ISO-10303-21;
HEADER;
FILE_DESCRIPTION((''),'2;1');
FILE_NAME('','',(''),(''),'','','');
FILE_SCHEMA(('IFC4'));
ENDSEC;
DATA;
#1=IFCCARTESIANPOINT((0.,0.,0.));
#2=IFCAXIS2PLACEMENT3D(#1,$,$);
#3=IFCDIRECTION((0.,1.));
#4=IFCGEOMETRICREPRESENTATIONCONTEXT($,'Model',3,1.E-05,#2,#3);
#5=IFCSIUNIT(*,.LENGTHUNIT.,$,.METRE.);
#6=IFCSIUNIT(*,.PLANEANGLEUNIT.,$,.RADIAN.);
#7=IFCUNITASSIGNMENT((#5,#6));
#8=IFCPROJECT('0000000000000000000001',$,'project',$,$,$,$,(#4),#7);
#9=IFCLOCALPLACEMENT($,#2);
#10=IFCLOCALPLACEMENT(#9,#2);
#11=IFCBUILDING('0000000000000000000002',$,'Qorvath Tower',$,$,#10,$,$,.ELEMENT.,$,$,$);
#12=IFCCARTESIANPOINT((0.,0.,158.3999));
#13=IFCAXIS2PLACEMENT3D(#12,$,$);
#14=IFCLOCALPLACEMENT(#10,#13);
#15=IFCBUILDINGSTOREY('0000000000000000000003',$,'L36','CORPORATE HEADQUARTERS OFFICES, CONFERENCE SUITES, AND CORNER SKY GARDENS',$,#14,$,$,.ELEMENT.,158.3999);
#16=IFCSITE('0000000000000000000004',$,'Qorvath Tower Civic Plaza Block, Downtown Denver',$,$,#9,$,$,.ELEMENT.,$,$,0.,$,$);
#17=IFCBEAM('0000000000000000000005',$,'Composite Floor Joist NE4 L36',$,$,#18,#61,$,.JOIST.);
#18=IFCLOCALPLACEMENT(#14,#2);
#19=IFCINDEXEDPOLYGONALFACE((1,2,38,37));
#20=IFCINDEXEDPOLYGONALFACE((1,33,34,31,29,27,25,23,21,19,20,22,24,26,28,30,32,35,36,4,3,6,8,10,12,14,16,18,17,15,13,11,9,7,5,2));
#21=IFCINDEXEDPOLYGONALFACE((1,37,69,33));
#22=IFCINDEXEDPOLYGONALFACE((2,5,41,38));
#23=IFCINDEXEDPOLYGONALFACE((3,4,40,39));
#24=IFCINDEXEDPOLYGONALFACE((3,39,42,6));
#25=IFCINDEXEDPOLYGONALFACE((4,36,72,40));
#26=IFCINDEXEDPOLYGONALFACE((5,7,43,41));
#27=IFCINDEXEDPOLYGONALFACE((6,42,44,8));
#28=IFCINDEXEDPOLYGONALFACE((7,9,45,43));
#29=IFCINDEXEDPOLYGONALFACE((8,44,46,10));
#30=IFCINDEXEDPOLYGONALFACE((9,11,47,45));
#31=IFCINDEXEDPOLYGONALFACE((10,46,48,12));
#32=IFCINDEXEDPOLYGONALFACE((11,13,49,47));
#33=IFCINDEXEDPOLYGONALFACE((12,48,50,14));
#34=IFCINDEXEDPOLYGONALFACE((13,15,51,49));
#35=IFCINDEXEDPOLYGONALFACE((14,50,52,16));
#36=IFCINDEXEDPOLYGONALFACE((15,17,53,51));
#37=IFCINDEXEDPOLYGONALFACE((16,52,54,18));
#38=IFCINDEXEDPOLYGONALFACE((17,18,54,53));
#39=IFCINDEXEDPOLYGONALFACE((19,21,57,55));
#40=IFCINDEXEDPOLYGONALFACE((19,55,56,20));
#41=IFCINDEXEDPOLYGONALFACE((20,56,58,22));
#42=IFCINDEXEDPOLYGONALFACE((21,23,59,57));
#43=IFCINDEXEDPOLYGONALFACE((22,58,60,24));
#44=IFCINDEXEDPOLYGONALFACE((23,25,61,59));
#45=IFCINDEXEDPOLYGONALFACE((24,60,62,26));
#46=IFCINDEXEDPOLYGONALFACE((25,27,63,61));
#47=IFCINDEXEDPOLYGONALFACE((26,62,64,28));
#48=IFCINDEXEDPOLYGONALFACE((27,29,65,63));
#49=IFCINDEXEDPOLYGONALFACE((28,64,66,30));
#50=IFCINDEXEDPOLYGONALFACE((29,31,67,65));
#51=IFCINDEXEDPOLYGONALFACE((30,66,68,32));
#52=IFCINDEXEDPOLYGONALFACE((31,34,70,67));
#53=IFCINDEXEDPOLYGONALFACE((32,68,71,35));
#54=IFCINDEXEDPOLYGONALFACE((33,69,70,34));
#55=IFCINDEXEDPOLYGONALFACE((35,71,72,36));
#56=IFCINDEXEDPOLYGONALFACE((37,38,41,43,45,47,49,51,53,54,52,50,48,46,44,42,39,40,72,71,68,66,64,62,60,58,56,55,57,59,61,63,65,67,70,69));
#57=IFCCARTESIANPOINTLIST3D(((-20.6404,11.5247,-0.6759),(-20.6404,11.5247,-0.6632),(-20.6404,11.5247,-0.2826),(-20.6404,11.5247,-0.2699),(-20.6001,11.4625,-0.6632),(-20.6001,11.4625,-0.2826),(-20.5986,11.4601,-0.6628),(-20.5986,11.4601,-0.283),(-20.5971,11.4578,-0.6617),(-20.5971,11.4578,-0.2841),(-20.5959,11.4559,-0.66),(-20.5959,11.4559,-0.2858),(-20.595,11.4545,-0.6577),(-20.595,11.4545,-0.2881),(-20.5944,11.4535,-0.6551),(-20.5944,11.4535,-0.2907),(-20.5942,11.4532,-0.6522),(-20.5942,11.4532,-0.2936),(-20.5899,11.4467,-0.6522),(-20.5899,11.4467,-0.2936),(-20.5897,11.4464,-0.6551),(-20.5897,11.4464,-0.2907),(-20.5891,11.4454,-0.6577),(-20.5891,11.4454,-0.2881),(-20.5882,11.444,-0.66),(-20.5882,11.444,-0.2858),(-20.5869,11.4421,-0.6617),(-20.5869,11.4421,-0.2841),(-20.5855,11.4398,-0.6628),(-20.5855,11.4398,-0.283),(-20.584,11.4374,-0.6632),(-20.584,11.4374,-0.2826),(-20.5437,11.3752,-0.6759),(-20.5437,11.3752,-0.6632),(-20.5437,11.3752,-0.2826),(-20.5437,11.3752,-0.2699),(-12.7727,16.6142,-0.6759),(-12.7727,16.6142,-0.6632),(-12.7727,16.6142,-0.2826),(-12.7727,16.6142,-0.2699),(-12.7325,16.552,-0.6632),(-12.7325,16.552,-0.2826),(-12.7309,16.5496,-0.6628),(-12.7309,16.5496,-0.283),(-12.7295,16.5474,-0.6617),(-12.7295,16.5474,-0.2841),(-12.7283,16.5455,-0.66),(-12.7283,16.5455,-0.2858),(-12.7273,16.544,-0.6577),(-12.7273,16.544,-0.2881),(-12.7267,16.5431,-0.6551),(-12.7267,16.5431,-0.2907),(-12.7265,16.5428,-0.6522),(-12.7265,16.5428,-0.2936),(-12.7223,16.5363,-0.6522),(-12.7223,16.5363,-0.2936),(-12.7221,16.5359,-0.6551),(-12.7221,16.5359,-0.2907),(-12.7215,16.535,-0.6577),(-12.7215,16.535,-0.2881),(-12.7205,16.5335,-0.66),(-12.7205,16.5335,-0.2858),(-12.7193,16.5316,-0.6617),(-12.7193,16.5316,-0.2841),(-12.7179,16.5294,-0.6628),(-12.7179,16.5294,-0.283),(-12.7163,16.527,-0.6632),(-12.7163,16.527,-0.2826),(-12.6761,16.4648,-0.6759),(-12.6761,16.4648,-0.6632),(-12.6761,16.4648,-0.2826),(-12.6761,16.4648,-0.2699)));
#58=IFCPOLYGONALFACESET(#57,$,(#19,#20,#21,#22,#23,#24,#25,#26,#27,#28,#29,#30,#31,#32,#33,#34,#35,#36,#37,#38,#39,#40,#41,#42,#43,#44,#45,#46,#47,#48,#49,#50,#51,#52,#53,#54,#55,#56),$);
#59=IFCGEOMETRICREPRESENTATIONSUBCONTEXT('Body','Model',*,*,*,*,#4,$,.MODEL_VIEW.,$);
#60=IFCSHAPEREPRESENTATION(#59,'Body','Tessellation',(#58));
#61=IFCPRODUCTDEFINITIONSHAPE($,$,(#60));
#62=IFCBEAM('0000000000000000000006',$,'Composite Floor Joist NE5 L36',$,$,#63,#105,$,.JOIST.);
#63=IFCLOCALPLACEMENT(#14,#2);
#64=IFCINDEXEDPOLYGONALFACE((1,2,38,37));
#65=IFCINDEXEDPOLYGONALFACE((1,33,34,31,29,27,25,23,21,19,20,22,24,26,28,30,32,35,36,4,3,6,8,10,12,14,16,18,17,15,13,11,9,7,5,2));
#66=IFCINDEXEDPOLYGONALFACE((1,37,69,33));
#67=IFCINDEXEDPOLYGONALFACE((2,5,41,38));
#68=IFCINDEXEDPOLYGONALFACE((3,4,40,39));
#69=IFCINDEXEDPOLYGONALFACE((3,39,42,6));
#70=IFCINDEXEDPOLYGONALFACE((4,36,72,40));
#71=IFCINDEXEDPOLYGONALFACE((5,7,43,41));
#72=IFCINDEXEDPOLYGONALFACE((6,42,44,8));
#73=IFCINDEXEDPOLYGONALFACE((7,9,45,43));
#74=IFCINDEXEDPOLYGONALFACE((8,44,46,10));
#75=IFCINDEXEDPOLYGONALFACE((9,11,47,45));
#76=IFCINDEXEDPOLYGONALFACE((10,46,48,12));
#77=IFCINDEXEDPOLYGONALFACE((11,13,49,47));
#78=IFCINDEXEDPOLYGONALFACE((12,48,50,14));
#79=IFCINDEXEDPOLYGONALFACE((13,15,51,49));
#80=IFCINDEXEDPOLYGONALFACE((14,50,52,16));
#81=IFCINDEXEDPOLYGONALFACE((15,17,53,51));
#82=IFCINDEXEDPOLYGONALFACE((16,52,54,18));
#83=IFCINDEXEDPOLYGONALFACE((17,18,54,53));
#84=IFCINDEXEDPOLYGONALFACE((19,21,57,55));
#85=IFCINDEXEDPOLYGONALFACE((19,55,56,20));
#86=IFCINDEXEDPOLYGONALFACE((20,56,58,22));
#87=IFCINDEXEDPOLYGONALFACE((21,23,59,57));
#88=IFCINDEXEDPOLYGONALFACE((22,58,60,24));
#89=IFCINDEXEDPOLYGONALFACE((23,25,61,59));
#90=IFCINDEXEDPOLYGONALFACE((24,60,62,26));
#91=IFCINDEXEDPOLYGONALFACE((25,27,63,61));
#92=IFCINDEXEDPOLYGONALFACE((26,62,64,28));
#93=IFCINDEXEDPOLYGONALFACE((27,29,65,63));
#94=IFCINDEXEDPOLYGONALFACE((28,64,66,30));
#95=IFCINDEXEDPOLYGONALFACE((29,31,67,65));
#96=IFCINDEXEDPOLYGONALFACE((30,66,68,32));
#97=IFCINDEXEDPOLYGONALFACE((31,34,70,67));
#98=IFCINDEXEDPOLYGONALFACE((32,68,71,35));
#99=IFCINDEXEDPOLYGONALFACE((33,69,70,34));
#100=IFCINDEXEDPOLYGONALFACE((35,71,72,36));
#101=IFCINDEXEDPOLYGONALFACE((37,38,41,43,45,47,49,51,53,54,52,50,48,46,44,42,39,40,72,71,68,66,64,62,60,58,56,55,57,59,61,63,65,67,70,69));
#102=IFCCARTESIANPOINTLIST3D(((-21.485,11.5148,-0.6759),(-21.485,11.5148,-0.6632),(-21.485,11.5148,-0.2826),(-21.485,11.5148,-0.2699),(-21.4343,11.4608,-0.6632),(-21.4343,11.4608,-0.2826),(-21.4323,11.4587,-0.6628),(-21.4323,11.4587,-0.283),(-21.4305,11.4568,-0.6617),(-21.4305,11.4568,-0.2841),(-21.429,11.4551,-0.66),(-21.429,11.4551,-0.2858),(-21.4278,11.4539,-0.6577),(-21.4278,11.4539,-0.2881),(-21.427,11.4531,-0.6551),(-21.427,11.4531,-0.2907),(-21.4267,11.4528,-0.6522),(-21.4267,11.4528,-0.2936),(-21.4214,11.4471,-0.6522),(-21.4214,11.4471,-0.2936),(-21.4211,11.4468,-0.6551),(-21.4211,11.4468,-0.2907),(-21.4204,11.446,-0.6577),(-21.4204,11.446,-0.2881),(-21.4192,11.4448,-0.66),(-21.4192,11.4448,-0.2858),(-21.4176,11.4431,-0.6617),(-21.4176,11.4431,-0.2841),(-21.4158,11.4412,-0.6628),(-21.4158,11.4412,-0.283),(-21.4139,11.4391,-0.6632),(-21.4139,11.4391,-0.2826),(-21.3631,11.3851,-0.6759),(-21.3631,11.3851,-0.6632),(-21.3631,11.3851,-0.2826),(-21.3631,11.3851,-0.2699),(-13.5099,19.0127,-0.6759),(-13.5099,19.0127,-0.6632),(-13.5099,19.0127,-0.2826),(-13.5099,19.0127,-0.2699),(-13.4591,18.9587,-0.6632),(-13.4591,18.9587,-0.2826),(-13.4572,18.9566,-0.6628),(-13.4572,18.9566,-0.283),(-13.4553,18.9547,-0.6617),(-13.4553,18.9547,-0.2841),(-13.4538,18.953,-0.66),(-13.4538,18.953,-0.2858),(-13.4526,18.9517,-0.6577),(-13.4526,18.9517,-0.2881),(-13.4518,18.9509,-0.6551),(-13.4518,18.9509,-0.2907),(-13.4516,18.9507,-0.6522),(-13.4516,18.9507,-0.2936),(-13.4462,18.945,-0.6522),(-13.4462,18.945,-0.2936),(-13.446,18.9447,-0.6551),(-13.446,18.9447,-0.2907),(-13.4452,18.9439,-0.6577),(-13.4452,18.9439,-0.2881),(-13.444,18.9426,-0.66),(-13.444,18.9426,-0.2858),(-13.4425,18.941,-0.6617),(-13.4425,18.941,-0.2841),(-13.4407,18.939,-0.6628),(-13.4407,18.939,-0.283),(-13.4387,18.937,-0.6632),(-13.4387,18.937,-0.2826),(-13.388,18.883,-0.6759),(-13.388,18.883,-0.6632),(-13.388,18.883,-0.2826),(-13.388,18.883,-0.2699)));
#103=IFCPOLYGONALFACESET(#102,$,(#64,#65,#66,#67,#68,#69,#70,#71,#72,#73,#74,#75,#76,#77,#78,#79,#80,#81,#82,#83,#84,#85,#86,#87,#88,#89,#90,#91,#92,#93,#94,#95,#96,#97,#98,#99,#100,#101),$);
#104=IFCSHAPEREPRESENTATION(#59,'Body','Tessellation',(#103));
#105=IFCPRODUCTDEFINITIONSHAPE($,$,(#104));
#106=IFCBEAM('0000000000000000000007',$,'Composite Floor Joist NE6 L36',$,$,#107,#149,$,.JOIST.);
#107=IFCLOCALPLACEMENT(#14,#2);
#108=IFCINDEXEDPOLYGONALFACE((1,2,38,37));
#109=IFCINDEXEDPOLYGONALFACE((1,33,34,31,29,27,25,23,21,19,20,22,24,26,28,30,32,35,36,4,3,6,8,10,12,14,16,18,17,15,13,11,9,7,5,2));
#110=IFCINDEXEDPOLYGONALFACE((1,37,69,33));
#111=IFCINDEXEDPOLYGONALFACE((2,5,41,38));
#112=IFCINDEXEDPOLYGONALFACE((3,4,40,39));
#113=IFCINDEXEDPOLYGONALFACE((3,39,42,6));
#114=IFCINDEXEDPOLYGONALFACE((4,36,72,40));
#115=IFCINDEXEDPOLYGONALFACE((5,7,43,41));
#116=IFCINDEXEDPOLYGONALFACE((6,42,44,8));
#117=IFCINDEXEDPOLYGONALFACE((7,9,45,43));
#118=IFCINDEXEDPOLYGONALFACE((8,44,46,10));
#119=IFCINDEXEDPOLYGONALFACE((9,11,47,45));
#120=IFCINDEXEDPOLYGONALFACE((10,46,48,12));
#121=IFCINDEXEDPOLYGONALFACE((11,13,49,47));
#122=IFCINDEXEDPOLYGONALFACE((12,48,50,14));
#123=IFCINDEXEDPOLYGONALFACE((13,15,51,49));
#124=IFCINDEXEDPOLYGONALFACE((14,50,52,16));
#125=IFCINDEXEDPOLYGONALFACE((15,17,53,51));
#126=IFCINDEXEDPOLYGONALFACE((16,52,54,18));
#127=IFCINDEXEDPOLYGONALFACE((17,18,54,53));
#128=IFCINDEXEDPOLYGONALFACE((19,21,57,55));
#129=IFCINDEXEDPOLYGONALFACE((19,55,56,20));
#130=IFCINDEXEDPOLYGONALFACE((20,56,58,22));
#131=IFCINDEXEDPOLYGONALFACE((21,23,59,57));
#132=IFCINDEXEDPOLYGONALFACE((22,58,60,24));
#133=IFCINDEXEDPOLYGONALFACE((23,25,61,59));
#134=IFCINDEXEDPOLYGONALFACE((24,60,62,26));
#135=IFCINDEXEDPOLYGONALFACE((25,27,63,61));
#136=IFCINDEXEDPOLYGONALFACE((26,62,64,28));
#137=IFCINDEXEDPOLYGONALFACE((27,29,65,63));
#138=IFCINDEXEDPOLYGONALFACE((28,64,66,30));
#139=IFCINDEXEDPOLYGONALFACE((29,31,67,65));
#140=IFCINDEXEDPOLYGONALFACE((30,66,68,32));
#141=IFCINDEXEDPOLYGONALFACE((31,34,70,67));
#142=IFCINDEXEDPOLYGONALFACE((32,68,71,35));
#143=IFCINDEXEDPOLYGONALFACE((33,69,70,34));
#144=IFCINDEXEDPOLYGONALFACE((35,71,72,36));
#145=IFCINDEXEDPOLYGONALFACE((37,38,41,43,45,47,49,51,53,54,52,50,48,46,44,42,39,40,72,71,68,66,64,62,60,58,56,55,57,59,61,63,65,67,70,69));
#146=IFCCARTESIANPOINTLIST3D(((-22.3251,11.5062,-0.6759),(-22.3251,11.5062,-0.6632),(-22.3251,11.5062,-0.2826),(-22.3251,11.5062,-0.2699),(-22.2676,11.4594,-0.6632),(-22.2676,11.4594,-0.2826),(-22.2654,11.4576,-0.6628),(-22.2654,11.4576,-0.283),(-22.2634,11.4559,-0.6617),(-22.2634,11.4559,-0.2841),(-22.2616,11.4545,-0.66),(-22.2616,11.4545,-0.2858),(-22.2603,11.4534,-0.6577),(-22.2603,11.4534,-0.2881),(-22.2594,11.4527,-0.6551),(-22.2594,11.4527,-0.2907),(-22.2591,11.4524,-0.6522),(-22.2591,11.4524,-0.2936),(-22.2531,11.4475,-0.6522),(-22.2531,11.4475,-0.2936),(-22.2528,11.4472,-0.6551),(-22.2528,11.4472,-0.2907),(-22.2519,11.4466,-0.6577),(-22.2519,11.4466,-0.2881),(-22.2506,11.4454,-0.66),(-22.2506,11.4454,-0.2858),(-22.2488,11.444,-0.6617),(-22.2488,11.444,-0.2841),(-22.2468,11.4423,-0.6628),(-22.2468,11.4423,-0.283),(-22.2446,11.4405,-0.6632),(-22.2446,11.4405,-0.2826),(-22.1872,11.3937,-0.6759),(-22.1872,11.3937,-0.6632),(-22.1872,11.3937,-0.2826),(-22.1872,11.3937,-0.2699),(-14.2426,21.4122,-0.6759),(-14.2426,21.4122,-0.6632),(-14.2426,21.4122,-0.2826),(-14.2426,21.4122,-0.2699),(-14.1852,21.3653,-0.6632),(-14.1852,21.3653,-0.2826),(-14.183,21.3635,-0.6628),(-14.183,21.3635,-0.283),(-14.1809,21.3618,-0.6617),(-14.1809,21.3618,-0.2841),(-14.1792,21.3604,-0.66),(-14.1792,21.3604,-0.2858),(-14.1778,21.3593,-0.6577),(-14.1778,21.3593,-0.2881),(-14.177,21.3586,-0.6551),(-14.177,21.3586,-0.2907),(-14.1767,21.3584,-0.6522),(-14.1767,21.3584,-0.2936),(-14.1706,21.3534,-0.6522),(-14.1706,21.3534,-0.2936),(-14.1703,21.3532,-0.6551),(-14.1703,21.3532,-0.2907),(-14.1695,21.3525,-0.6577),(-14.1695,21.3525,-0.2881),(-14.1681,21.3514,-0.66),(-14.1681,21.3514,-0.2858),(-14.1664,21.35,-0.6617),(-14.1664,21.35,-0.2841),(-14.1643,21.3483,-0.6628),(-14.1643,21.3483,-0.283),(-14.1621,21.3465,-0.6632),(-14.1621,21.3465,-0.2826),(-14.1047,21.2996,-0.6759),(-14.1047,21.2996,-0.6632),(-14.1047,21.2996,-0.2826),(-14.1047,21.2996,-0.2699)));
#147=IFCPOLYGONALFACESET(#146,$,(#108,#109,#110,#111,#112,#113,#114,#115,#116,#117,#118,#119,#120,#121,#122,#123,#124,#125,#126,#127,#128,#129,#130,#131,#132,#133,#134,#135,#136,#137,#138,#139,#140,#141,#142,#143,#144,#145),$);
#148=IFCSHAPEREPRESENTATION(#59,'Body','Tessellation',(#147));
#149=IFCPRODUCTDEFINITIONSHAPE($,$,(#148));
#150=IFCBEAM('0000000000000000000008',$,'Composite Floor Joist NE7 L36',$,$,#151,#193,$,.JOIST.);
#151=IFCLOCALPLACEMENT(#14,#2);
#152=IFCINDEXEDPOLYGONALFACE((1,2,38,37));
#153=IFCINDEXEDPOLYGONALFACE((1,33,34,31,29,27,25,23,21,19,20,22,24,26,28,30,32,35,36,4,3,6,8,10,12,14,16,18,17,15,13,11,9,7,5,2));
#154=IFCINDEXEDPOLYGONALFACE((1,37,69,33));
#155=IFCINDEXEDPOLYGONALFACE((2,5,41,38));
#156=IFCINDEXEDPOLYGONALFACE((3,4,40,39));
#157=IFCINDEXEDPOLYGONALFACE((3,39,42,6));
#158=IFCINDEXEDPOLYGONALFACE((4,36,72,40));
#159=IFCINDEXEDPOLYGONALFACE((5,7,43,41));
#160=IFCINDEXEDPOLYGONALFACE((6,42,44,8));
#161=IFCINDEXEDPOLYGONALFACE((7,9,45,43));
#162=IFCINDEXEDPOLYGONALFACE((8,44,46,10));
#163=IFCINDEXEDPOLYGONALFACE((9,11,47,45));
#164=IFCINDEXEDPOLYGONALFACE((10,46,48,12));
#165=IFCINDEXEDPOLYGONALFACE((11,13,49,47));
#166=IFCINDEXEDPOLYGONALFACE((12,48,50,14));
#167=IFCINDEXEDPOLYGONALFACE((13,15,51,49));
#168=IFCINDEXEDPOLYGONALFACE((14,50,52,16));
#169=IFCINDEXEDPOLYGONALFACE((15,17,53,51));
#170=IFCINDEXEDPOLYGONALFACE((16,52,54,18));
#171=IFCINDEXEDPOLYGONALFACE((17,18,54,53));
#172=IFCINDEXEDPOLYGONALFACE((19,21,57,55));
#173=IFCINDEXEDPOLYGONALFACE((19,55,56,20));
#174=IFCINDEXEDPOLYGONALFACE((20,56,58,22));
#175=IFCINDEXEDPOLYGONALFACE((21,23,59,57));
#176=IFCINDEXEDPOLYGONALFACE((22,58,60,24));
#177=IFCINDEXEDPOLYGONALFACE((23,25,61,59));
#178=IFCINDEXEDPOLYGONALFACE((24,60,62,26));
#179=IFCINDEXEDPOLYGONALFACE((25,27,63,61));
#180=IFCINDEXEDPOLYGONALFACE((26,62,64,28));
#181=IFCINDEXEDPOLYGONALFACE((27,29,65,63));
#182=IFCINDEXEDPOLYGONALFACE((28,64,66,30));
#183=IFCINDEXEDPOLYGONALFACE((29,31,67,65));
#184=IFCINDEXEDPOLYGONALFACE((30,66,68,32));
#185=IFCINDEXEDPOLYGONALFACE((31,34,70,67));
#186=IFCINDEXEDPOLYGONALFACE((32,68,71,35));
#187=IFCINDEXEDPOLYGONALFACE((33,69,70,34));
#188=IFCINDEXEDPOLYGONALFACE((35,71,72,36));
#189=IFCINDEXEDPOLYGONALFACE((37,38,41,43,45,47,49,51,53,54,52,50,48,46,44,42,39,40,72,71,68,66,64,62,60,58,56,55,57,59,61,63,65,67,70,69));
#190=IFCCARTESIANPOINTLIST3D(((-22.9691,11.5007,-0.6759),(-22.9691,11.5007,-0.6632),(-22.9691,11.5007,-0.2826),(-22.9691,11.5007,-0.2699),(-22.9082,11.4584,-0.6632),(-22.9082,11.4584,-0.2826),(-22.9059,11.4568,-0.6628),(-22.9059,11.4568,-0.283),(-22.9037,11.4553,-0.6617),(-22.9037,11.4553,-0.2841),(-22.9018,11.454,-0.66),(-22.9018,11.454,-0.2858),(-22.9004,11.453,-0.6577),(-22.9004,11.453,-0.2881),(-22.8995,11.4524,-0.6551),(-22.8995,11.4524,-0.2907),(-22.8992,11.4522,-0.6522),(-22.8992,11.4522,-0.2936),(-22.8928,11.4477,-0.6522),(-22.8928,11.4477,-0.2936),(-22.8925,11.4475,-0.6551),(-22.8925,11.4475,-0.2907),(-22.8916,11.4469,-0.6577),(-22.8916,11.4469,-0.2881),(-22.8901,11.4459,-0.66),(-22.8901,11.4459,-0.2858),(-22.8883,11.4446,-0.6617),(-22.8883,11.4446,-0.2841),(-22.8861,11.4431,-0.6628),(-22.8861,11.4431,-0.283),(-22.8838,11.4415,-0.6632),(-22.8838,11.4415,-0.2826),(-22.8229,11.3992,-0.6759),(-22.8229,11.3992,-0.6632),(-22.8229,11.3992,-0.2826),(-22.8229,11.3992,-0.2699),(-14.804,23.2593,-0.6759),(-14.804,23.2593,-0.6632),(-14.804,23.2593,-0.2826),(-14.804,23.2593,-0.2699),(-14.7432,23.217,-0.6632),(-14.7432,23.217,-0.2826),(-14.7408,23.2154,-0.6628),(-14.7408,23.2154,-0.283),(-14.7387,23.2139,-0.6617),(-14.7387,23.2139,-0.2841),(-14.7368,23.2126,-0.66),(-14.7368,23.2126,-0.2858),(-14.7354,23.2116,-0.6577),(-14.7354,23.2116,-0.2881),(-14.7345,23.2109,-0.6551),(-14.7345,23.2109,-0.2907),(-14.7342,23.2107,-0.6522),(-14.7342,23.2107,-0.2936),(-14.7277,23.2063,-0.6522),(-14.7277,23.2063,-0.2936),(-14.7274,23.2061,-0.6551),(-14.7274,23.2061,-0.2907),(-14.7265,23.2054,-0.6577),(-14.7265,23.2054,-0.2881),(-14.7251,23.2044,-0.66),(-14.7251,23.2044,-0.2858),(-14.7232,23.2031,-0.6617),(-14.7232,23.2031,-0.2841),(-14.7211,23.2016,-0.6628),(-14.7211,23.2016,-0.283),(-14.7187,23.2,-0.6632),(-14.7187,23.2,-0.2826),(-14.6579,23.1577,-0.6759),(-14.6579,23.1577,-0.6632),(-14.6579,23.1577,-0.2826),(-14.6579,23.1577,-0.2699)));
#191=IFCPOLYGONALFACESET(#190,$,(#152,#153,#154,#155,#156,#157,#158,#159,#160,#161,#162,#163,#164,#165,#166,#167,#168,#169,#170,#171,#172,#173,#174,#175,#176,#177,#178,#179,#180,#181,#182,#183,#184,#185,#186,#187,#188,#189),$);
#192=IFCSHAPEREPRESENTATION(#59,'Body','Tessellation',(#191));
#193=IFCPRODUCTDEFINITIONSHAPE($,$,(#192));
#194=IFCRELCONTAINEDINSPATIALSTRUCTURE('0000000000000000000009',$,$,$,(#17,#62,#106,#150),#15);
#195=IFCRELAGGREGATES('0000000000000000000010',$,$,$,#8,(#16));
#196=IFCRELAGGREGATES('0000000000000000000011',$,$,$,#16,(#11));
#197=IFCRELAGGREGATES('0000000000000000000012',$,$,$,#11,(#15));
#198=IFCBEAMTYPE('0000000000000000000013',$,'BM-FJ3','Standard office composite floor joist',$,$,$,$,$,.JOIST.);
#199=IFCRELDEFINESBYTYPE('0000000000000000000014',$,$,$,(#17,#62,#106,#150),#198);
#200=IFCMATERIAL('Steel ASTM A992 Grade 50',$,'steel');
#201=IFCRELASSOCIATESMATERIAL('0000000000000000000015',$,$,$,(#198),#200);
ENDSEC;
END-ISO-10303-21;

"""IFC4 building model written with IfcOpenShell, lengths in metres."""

from ifc_helpers import new_model, si_unit, direction, frame, origin, origin_2d, place, context, subcontext, project, spatial, i_section, extrude, material, material_profile, profile_set, type_object, element, save


model = new_model("IFC4")

# Units and contexts
model_context = context("Model", 3, precision=1e-05, world=origin(), true_north=direction((0.0, 1.0)))
body_context = subcontext(model_context, "Body", "Model", "MODEL_VIEW")
ifc_project = project(units=[si_unit("LENGTHUNIT", "METRE"), si_unit("PLANEANGLEUNIT", "RADIAN")], contexts=[model_context])

# Site, building, storey
site_placement = place(None, origin())
site = spatial("IfcSite", under=ifc_project, at=site_placement, Name="Qorvath Tower Civic Plaza Block, Downtown Denver", CompositionType="ELEMENT", RefElevation=0.0)
building_placement = place(site_placement, origin())
building = spatial("IfcBuilding", under=site, at=building_placement, Name="Qorvath Tower", CompositionType="ELEMENT")
storey_placement = place(building_placement, frame((0.0, 0.0, 158.3999)))
storey = spatial("IfcBuildingStorey", under=building, at=storey_placement, Name="L36", Description="CORPORATE HEADQUARTERS OFFICES, CONFERENCE SUITES, AND CORNER SKY GARDENS", CompositionType="ELEMENT", Elevation=158.3999)

# Beams
ifc_material_1 = material(Name="Steel ASTM A992 Grade 50", Category="steel")
ifc_material_profile_1 = material_profile(ifc_material_1, i_section(OverallWidth=0.178, OverallDepth=0.406, WebThickness=0.0078, FlangeThickness=0.0127, FilletRadius=0.011, at=origin_2d()), Name="W16x40")
ifc_profile_set_1 = profile_set([ifc_material_profile_1], Name="Steel ASTM A992 Grade 50")
beam_type_1 = type_object("IfcBeamType", Name="BM-FJ3", Description="Standard office composite floor joist", PredefinedType="JOIST", material=ifc_profile_set_1)
beam_1_placement = place(storey_placement, frame((-20.592, 11.45, -0.4729), z_axis=(0.839631, 0.543157, 0.0), x_axis=(-0.543157, 0.839631, 0.0)))
element("IfcBeam", 1, at=beam_1_placement, inside=storey, type_object=beam_type_1, Name="Composite Floor Joist NE4 L36", PredefinedType="JOIST", context=body_context, shape_type="SweptSolid", body=[
    extrude(i_section(OverallWidth=0.178, OverallDepth=0.406, WebThickness=0.0078, FlangeThickness=0.0127, FilletRadius=0.011, at=origin_2d()), origin(), (0.0, 0.0, 1.0), 9.3704),
])
beam_2_placement = place(storey_placement, frame((-21.4241, 11.45, -0.4729), z_axis=(0.728572, 0.684969, 0.0), x_axis=(-0.684969, 0.728572, 0.0)))
element("IfcBeam", 2, at=beam_2_placement, inside=storey, type_object=beam_type_1, Name="Composite Floor Joist NE5 L36", PredefinedType="JOIST", context=body_context, shape_type="SweptSolid", body=[
    extrude(i_section(OverallWidth=0.178, OverallDepth=0.406, WebThickness=0.0078, FlangeThickness=0.0127, FilletRadius=0.011, at=origin_2d()), origin(), (0.0, 0.0, 1.0), 10.9463),
])
beam_3_placement = place(storey_placement, frame((-22.2561, 11.45, -0.4729), z_axis=(0.632188, 0.774815, 0.0), x_axis=(-0.774815, 0.632188, 0.0)))
element("IfcBeam", 3, at=beam_3_placement, inside=storey, type_object=beam_type_1, Name="Composite Floor Joist NE6 L36", PredefinedType="JOIST", context=body_context, shape_type="SweptSolid", body=[
    extrude(i_section(OverallWidth=0.178, OverallDepth=0.406, WebThickness=0.0078, FlangeThickness=0.0127, FilletRadius=0.011, at=origin_2d()), origin(), (0.0, 0.0, 1.0), 12.7849),
])
beam_4_placement = place(storey_placement, frame((-22.896, 11.45, -0.4729), z_axis=(0.570367, 0.82139, 0.0), x_axis=(-0.82139, 0.570367, 0.0)))
element("IfcBeam", 4, at=beam_4_placement, inside=storey, type_object=beam_type_1, Name="Composite Floor Joist NE7 L36", PredefinedType="JOIST", context=body_context, shape_type="SweptSolid", body=[
    extrude(i_section(OverallWidth=0.178, OverallDepth=0.406, WebThickness=0.0078, FlangeThickness=0.0127, FilletRadius=0.011, at=origin_2d()), origin(), (0.0, 0.0, 1.0), 14.3154),
])

save(model, "model.ifc")
